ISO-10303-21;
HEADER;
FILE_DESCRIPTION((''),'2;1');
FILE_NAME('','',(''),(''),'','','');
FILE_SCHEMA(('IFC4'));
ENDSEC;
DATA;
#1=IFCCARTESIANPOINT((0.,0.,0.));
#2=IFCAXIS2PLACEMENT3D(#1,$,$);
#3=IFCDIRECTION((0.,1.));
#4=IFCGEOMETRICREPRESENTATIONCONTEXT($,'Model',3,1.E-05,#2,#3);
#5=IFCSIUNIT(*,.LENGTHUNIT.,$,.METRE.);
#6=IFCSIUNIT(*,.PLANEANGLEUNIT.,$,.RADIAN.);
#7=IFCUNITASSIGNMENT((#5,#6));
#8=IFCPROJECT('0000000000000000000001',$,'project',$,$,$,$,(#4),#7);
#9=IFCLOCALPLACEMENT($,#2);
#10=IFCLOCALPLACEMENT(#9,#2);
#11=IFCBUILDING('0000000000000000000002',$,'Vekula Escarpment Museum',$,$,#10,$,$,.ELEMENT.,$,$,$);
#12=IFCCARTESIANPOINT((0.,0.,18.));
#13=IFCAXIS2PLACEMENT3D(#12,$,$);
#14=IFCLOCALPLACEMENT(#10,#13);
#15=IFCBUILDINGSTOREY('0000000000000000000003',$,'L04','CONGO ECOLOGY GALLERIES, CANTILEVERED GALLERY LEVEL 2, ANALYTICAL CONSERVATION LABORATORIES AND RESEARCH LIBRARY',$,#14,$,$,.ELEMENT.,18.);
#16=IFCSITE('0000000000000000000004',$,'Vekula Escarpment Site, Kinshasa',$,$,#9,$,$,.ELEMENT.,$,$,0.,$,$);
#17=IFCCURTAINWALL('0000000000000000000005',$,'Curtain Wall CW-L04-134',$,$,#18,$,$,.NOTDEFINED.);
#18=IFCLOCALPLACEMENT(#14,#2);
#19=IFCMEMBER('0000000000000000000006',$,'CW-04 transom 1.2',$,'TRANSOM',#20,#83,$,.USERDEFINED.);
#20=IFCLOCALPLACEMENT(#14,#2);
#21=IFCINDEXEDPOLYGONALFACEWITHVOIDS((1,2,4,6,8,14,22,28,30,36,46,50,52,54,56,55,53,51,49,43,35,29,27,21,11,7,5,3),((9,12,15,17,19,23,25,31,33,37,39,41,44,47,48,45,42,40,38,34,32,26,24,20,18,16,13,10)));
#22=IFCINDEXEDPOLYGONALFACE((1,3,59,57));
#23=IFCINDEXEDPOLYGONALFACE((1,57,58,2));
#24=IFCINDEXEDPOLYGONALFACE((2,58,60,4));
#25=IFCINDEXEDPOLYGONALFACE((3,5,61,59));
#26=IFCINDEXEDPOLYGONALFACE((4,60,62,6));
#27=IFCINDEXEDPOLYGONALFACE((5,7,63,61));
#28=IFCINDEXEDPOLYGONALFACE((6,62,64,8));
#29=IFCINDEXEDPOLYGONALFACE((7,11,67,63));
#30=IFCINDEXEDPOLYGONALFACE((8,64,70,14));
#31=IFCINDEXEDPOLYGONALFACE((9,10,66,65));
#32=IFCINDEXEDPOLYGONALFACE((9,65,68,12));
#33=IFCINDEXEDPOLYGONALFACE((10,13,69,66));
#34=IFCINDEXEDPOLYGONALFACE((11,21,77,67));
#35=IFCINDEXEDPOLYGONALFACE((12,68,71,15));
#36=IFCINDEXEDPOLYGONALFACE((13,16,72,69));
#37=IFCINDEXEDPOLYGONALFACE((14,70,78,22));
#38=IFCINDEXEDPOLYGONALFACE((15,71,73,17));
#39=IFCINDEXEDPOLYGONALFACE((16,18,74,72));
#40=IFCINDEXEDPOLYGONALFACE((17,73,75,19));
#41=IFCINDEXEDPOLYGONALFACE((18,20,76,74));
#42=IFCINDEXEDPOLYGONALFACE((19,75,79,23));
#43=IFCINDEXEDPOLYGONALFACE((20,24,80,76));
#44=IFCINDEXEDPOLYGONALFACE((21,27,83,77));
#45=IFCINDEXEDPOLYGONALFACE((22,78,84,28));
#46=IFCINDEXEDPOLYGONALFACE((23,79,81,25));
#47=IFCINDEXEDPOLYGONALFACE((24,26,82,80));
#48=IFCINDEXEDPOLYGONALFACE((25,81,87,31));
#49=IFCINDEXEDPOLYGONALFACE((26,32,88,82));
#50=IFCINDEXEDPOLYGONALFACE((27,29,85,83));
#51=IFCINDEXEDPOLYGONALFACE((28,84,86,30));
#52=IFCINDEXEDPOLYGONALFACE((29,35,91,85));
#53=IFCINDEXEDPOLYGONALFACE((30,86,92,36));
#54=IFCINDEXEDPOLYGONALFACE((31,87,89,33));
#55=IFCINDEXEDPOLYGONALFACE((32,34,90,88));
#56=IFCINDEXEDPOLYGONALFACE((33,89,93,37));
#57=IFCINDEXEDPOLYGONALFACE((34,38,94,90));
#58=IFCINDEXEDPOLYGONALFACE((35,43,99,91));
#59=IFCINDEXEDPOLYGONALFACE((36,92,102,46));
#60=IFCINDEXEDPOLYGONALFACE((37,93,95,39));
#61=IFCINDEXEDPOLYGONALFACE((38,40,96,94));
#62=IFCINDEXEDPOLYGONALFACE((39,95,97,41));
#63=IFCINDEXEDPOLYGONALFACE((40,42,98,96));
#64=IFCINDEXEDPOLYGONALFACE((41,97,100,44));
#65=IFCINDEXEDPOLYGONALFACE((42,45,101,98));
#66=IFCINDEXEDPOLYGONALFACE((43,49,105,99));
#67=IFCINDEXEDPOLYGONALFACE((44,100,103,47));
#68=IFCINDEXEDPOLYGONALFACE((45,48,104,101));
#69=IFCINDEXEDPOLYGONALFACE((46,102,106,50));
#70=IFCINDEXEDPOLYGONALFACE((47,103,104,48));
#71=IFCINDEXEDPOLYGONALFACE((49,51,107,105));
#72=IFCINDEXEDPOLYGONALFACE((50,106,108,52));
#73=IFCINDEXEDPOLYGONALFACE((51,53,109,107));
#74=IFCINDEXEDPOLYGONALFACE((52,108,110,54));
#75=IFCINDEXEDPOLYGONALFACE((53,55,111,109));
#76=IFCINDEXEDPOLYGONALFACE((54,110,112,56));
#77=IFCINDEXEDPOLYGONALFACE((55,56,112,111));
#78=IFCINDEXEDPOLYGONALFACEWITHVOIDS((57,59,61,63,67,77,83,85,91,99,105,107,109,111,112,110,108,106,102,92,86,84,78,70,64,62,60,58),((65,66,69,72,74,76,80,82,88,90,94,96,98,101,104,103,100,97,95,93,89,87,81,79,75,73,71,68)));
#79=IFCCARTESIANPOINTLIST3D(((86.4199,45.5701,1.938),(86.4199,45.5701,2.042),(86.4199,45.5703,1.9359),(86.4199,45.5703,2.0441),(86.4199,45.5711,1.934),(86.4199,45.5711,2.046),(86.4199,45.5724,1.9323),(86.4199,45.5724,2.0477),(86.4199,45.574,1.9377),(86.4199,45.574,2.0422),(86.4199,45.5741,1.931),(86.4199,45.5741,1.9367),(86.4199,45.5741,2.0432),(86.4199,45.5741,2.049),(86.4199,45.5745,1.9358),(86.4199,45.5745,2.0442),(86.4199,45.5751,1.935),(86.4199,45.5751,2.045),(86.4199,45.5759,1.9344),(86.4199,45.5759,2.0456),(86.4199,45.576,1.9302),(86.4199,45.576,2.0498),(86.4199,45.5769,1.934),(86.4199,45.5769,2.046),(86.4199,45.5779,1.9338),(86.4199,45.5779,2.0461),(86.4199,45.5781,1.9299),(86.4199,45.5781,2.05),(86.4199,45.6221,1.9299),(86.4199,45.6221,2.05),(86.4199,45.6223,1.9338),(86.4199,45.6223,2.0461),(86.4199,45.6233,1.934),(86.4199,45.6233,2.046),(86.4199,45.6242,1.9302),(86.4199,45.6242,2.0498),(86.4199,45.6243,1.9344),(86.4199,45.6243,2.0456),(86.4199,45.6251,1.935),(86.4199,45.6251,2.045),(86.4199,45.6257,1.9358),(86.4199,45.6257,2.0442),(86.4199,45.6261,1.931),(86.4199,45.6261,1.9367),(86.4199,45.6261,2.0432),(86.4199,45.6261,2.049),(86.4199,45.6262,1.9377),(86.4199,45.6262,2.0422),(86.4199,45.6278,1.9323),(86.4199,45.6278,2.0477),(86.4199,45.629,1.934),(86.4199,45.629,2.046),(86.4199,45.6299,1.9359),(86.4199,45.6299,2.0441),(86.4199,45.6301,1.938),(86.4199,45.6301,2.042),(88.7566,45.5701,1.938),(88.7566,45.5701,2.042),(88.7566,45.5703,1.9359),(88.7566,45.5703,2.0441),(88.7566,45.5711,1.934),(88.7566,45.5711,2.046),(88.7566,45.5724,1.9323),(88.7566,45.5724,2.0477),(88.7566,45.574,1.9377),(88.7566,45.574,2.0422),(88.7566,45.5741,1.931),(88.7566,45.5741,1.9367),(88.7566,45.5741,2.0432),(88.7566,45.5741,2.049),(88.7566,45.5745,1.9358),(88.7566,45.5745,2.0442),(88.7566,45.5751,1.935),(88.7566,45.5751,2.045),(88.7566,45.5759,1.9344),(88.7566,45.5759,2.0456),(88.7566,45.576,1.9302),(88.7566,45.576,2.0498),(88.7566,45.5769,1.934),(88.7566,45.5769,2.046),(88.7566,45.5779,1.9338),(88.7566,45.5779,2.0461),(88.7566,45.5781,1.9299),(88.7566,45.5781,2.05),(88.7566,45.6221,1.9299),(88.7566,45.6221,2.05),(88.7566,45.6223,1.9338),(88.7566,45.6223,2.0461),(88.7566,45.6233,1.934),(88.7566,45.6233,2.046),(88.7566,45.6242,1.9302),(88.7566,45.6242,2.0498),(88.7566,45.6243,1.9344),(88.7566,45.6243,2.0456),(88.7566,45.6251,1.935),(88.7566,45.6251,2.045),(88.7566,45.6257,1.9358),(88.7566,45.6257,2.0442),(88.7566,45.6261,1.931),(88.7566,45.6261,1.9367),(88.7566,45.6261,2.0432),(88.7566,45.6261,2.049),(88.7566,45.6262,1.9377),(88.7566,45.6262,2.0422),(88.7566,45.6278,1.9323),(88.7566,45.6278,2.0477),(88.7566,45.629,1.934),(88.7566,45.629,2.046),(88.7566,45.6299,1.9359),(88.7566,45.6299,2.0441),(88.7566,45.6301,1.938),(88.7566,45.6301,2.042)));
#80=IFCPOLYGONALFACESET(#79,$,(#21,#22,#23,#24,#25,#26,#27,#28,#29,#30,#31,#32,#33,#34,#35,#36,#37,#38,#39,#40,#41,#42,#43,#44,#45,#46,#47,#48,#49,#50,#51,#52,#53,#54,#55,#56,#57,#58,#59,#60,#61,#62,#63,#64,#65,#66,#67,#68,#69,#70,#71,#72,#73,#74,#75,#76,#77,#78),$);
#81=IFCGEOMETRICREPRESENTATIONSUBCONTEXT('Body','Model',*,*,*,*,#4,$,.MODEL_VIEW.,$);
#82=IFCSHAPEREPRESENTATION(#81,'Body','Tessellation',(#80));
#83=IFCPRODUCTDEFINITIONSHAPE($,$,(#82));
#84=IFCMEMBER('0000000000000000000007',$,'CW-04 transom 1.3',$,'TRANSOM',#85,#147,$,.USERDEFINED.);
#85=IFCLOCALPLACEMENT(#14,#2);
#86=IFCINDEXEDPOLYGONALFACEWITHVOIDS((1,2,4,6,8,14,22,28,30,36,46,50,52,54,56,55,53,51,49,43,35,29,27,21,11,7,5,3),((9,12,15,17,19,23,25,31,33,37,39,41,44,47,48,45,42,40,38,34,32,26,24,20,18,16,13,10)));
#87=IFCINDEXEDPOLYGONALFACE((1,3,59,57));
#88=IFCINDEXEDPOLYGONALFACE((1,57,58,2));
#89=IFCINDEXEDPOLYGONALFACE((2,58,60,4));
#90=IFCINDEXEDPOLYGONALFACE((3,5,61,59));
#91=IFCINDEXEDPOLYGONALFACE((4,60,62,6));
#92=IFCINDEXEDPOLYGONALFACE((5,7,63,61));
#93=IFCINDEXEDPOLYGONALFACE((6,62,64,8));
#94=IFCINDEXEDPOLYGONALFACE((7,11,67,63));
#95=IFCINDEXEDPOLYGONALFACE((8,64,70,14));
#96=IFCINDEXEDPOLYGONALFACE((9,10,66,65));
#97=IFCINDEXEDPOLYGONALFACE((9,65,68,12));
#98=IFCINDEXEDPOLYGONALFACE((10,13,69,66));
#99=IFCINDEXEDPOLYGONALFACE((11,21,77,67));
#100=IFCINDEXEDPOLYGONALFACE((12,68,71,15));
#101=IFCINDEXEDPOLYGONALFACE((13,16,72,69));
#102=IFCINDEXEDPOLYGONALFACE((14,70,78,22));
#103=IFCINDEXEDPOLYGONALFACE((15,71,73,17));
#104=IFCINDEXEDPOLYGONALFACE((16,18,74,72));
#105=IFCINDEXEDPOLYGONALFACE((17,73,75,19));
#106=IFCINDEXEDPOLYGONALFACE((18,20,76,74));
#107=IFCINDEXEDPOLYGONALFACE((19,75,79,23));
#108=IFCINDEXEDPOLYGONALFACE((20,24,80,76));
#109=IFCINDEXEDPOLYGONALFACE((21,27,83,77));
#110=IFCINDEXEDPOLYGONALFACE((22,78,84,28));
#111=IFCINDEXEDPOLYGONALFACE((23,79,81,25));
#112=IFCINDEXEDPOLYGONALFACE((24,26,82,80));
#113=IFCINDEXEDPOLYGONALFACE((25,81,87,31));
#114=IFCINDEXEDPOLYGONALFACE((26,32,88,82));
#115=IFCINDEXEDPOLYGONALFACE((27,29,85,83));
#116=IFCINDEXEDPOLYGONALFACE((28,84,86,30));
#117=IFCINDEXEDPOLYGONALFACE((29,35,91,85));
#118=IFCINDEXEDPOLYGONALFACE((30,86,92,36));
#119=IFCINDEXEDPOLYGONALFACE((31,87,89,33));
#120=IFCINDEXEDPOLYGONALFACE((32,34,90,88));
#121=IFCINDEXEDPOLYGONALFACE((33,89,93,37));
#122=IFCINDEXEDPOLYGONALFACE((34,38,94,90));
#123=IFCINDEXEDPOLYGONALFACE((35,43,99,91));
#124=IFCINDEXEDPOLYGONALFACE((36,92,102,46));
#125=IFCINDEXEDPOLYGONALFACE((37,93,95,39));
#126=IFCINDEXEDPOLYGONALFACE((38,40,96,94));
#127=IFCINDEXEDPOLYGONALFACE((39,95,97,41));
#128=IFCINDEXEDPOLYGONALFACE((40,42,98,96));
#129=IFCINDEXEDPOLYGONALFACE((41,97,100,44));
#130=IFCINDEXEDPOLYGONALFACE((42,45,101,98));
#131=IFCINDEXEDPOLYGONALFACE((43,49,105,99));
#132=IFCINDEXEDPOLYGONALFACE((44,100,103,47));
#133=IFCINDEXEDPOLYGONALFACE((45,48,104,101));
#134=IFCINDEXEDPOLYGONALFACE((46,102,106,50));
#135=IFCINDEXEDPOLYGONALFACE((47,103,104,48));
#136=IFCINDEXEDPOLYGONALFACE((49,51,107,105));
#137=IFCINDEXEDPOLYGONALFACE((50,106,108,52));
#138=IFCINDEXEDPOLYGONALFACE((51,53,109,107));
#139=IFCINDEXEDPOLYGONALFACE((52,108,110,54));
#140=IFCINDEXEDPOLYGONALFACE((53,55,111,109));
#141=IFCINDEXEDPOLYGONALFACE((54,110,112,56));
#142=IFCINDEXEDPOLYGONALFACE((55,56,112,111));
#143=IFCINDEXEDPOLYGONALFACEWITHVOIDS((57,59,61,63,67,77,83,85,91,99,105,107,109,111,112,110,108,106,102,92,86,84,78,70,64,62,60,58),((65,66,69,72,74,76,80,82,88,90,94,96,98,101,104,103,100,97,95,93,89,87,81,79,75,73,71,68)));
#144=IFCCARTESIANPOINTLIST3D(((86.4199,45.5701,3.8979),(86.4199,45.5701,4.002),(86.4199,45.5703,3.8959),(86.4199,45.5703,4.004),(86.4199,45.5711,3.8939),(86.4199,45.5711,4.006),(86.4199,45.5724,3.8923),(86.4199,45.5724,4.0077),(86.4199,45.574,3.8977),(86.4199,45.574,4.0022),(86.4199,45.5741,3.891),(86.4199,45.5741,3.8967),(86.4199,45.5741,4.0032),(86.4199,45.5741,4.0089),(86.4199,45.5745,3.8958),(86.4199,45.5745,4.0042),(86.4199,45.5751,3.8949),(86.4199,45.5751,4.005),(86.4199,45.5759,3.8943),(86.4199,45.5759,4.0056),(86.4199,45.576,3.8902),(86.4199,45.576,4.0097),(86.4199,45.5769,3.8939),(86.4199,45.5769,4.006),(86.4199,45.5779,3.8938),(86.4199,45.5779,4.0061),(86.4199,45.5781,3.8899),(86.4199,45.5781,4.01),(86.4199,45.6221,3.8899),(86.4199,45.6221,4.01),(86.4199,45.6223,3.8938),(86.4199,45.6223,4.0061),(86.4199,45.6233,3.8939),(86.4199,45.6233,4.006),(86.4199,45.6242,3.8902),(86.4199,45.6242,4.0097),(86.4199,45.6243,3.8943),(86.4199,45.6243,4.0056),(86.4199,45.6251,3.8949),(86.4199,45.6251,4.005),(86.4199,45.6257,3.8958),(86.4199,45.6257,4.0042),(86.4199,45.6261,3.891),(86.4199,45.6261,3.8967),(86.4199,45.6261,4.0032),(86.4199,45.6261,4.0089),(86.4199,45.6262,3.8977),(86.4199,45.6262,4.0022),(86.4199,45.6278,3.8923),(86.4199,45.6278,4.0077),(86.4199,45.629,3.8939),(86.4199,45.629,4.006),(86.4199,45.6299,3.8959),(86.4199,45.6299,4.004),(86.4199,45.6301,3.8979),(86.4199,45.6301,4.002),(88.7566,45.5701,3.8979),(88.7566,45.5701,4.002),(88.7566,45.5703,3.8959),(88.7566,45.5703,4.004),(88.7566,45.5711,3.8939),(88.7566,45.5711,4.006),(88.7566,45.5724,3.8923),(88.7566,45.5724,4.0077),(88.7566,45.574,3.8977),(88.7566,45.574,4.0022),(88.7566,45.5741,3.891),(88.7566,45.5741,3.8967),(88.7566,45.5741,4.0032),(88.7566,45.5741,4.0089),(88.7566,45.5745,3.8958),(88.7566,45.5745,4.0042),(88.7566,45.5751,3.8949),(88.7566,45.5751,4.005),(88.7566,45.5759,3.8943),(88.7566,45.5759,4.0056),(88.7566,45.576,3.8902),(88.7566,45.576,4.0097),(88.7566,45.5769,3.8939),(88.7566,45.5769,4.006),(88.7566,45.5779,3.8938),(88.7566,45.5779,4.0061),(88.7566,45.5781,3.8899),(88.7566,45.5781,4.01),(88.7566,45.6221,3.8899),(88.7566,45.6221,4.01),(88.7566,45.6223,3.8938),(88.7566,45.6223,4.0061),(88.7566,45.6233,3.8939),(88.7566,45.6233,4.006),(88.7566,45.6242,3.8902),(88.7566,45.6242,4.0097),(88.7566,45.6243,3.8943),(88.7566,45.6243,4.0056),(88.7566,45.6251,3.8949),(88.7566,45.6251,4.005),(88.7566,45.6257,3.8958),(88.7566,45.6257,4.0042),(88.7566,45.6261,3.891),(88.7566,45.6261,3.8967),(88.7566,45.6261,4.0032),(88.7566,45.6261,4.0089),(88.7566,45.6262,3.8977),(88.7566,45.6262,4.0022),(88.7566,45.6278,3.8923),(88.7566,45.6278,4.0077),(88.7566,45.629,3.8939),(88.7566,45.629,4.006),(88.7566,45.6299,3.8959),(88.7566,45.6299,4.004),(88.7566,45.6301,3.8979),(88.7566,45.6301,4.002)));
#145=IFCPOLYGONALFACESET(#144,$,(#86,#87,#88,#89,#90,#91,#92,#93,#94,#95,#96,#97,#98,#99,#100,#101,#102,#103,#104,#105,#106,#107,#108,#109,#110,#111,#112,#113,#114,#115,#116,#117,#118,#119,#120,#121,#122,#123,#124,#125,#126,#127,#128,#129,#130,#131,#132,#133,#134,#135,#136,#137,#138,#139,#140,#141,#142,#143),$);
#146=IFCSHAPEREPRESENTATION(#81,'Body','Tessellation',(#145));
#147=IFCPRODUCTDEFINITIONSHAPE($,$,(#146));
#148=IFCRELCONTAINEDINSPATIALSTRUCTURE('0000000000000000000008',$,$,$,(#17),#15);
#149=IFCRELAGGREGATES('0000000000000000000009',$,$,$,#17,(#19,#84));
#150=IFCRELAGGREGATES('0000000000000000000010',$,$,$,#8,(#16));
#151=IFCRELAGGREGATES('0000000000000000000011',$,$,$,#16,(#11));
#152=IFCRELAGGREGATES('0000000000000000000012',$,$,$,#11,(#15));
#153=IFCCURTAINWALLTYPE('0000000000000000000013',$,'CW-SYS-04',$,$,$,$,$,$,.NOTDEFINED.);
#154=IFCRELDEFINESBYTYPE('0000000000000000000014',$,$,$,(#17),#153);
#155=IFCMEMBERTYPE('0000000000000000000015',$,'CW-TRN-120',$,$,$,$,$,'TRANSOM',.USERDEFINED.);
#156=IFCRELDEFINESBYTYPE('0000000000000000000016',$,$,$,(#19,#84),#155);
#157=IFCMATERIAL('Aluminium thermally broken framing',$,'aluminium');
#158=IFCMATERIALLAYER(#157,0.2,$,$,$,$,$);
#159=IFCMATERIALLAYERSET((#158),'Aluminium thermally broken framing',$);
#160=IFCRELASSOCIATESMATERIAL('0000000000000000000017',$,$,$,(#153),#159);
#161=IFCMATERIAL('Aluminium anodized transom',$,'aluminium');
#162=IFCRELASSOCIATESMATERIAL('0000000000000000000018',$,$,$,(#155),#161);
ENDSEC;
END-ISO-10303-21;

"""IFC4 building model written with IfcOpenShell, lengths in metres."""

from ifc_helpers import new_model, si_unit, direction, frame, origin, origin_2d, place, context, subcontext, project, spatial, hollow_rectangle, extrude, material, layer, layer_set, material_profile, profile_set, type_object, element, aggregate, save


model = new_model("IFC4")

# Units and contexts
model_context = context("Model", 3, precision=1e-05, world=origin(), true_north=direction((0.0, 1.0)))
body_context = subcontext(model_context, "Body", "Model", "MODEL_VIEW")
ifc_project = project(units=[si_unit("LENGTHUNIT", "METRE"), si_unit("PLANEANGLEUNIT", "RADIAN")], contexts=[model_context])

# Site, building, storey
site_placement = place(None, origin())
site = spatial("IfcSite", under=ifc_project, at=site_placement, Name="Vekula Escarpment Site, Kinshasa", CompositionType="ELEMENT", RefElevation=0.0)
building_placement = place(site_placement, origin())
building = spatial("IfcBuilding", under=site, at=building_placement, Name="Vekula Escarpment Museum", CompositionType="ELEMENT")
storey_placement = place(building_placement, frame((0.0, 0.0, 18.0)))
storey = spatial("IfcBuildingStorey", under=building, at=storey_placement, Name="L04", Description="CONGO ECOLOGY GALLERIES, CANTILEVERED GALLERY LEVEL 2, ANALYTICAL CONSERVATION LABORATORIES AND RESEARCH LIBRARY", CompositionType="ELEMENT", Elevation=18.0)

# Curtain wall
ifc_material_1 = material(Name="Aluminium thermally broken framing", Category="aluminium")
ifc_layer_1 = layer(ifc_material_1, 0.2)
ifc_layer_set_1 = layer_set([ifc_layer_1], Name="Aluminium thermally broken framing")
curtain_wall_type_1 = type_object("IfcCurtainWallType", Name="CW-SYS-04", PredefinedType="NOTDEFINED", material=ifc_layer_set_1)
curtain_wall_1_placement = place(storey_placement, origin())
curtain_wall_1 = element("IfcCurtainWall", 1, at=curtain_wall_1_placement, inside=storey, type_object=curtain_wall_type_1, Name="Curtain Wall CW-L04-134", PredefinedType="NOTDEFINED")

# Members
ifc_material_2 = material(Name="Aluminium anodized transom", Category="aluminium")
ifc_material_profile_1 = material_profile(ifc_material_2, hollow_rectangle(XDim=0.0601, YDim=0.1201, WallThickness=0.0039, InnerFilletRadius=0.0039, OuterFilletRadius=0.0081, at=origin_2d()), Name="ALU 120x60x4")
ifc_profile_set_1 = profile_set([ifc_material_profile_1], Name="Aluminium anodized transom")
member_type_1 = type_object("IfcMemberType", Name="CW-TRN-120", ElementType="TRANSOM", PredefinedType="USERDEFINED", material=ifc_profile_set_1)
member_1_placement = place(storey_placement, frame((86.4199, 45.6001, 1.99), z_axis=(1.0, 0.0, 0.0), x_axis=(0.0, 1.0, 0.0)))
member_1 = element("IfcMember", 2, at=member_1_placement, type_object=member_type_1, Name="CW-04 transom 1.2", ObjectType="TRANSOM", PredefinedType="USERDEFINED", context=body_context, shape_type="SweptSolid", body=[
    extrude(hollow_rectangle(XDim=0.0601, YDim=0.1201, WallThickness=0.0039, InnerFilletRadius=0.0039, OuterFilletRadius=0.0081, at=origin_2d()), origin(), (0.0, 0.0, 1.0), 2.3367),
])
member_2_placement = place(storey_placement, frame((86.4199, 45.6001, 3.95), z_axis=(1.0, 0.0, 0.0), x_axis=(0.0, 1.0, 0.0)))
member_2 = element("IfcMember", 3, at=member_2_placement, type_object=member_type_1, Name="CW-04 transom 1.3", ObjectType="TRANSOM", PredefinedType="USERDEFINED", context=body_context, shape_type="SweptSolid", body=[
    extrude(hollow_rectangle(XDim=0.0601, YDim=0.1201, WallThickness=0.0039, InnerFilletRadius=0.0039, OuterFilletRadius=0.0081, at=origin_2d()), origin(), (0.0, 0.0, 1.0), 2.3367),
])

aggregate(curtain_wall_1, [member_1, member_2])

save(model, "model.ifc")
